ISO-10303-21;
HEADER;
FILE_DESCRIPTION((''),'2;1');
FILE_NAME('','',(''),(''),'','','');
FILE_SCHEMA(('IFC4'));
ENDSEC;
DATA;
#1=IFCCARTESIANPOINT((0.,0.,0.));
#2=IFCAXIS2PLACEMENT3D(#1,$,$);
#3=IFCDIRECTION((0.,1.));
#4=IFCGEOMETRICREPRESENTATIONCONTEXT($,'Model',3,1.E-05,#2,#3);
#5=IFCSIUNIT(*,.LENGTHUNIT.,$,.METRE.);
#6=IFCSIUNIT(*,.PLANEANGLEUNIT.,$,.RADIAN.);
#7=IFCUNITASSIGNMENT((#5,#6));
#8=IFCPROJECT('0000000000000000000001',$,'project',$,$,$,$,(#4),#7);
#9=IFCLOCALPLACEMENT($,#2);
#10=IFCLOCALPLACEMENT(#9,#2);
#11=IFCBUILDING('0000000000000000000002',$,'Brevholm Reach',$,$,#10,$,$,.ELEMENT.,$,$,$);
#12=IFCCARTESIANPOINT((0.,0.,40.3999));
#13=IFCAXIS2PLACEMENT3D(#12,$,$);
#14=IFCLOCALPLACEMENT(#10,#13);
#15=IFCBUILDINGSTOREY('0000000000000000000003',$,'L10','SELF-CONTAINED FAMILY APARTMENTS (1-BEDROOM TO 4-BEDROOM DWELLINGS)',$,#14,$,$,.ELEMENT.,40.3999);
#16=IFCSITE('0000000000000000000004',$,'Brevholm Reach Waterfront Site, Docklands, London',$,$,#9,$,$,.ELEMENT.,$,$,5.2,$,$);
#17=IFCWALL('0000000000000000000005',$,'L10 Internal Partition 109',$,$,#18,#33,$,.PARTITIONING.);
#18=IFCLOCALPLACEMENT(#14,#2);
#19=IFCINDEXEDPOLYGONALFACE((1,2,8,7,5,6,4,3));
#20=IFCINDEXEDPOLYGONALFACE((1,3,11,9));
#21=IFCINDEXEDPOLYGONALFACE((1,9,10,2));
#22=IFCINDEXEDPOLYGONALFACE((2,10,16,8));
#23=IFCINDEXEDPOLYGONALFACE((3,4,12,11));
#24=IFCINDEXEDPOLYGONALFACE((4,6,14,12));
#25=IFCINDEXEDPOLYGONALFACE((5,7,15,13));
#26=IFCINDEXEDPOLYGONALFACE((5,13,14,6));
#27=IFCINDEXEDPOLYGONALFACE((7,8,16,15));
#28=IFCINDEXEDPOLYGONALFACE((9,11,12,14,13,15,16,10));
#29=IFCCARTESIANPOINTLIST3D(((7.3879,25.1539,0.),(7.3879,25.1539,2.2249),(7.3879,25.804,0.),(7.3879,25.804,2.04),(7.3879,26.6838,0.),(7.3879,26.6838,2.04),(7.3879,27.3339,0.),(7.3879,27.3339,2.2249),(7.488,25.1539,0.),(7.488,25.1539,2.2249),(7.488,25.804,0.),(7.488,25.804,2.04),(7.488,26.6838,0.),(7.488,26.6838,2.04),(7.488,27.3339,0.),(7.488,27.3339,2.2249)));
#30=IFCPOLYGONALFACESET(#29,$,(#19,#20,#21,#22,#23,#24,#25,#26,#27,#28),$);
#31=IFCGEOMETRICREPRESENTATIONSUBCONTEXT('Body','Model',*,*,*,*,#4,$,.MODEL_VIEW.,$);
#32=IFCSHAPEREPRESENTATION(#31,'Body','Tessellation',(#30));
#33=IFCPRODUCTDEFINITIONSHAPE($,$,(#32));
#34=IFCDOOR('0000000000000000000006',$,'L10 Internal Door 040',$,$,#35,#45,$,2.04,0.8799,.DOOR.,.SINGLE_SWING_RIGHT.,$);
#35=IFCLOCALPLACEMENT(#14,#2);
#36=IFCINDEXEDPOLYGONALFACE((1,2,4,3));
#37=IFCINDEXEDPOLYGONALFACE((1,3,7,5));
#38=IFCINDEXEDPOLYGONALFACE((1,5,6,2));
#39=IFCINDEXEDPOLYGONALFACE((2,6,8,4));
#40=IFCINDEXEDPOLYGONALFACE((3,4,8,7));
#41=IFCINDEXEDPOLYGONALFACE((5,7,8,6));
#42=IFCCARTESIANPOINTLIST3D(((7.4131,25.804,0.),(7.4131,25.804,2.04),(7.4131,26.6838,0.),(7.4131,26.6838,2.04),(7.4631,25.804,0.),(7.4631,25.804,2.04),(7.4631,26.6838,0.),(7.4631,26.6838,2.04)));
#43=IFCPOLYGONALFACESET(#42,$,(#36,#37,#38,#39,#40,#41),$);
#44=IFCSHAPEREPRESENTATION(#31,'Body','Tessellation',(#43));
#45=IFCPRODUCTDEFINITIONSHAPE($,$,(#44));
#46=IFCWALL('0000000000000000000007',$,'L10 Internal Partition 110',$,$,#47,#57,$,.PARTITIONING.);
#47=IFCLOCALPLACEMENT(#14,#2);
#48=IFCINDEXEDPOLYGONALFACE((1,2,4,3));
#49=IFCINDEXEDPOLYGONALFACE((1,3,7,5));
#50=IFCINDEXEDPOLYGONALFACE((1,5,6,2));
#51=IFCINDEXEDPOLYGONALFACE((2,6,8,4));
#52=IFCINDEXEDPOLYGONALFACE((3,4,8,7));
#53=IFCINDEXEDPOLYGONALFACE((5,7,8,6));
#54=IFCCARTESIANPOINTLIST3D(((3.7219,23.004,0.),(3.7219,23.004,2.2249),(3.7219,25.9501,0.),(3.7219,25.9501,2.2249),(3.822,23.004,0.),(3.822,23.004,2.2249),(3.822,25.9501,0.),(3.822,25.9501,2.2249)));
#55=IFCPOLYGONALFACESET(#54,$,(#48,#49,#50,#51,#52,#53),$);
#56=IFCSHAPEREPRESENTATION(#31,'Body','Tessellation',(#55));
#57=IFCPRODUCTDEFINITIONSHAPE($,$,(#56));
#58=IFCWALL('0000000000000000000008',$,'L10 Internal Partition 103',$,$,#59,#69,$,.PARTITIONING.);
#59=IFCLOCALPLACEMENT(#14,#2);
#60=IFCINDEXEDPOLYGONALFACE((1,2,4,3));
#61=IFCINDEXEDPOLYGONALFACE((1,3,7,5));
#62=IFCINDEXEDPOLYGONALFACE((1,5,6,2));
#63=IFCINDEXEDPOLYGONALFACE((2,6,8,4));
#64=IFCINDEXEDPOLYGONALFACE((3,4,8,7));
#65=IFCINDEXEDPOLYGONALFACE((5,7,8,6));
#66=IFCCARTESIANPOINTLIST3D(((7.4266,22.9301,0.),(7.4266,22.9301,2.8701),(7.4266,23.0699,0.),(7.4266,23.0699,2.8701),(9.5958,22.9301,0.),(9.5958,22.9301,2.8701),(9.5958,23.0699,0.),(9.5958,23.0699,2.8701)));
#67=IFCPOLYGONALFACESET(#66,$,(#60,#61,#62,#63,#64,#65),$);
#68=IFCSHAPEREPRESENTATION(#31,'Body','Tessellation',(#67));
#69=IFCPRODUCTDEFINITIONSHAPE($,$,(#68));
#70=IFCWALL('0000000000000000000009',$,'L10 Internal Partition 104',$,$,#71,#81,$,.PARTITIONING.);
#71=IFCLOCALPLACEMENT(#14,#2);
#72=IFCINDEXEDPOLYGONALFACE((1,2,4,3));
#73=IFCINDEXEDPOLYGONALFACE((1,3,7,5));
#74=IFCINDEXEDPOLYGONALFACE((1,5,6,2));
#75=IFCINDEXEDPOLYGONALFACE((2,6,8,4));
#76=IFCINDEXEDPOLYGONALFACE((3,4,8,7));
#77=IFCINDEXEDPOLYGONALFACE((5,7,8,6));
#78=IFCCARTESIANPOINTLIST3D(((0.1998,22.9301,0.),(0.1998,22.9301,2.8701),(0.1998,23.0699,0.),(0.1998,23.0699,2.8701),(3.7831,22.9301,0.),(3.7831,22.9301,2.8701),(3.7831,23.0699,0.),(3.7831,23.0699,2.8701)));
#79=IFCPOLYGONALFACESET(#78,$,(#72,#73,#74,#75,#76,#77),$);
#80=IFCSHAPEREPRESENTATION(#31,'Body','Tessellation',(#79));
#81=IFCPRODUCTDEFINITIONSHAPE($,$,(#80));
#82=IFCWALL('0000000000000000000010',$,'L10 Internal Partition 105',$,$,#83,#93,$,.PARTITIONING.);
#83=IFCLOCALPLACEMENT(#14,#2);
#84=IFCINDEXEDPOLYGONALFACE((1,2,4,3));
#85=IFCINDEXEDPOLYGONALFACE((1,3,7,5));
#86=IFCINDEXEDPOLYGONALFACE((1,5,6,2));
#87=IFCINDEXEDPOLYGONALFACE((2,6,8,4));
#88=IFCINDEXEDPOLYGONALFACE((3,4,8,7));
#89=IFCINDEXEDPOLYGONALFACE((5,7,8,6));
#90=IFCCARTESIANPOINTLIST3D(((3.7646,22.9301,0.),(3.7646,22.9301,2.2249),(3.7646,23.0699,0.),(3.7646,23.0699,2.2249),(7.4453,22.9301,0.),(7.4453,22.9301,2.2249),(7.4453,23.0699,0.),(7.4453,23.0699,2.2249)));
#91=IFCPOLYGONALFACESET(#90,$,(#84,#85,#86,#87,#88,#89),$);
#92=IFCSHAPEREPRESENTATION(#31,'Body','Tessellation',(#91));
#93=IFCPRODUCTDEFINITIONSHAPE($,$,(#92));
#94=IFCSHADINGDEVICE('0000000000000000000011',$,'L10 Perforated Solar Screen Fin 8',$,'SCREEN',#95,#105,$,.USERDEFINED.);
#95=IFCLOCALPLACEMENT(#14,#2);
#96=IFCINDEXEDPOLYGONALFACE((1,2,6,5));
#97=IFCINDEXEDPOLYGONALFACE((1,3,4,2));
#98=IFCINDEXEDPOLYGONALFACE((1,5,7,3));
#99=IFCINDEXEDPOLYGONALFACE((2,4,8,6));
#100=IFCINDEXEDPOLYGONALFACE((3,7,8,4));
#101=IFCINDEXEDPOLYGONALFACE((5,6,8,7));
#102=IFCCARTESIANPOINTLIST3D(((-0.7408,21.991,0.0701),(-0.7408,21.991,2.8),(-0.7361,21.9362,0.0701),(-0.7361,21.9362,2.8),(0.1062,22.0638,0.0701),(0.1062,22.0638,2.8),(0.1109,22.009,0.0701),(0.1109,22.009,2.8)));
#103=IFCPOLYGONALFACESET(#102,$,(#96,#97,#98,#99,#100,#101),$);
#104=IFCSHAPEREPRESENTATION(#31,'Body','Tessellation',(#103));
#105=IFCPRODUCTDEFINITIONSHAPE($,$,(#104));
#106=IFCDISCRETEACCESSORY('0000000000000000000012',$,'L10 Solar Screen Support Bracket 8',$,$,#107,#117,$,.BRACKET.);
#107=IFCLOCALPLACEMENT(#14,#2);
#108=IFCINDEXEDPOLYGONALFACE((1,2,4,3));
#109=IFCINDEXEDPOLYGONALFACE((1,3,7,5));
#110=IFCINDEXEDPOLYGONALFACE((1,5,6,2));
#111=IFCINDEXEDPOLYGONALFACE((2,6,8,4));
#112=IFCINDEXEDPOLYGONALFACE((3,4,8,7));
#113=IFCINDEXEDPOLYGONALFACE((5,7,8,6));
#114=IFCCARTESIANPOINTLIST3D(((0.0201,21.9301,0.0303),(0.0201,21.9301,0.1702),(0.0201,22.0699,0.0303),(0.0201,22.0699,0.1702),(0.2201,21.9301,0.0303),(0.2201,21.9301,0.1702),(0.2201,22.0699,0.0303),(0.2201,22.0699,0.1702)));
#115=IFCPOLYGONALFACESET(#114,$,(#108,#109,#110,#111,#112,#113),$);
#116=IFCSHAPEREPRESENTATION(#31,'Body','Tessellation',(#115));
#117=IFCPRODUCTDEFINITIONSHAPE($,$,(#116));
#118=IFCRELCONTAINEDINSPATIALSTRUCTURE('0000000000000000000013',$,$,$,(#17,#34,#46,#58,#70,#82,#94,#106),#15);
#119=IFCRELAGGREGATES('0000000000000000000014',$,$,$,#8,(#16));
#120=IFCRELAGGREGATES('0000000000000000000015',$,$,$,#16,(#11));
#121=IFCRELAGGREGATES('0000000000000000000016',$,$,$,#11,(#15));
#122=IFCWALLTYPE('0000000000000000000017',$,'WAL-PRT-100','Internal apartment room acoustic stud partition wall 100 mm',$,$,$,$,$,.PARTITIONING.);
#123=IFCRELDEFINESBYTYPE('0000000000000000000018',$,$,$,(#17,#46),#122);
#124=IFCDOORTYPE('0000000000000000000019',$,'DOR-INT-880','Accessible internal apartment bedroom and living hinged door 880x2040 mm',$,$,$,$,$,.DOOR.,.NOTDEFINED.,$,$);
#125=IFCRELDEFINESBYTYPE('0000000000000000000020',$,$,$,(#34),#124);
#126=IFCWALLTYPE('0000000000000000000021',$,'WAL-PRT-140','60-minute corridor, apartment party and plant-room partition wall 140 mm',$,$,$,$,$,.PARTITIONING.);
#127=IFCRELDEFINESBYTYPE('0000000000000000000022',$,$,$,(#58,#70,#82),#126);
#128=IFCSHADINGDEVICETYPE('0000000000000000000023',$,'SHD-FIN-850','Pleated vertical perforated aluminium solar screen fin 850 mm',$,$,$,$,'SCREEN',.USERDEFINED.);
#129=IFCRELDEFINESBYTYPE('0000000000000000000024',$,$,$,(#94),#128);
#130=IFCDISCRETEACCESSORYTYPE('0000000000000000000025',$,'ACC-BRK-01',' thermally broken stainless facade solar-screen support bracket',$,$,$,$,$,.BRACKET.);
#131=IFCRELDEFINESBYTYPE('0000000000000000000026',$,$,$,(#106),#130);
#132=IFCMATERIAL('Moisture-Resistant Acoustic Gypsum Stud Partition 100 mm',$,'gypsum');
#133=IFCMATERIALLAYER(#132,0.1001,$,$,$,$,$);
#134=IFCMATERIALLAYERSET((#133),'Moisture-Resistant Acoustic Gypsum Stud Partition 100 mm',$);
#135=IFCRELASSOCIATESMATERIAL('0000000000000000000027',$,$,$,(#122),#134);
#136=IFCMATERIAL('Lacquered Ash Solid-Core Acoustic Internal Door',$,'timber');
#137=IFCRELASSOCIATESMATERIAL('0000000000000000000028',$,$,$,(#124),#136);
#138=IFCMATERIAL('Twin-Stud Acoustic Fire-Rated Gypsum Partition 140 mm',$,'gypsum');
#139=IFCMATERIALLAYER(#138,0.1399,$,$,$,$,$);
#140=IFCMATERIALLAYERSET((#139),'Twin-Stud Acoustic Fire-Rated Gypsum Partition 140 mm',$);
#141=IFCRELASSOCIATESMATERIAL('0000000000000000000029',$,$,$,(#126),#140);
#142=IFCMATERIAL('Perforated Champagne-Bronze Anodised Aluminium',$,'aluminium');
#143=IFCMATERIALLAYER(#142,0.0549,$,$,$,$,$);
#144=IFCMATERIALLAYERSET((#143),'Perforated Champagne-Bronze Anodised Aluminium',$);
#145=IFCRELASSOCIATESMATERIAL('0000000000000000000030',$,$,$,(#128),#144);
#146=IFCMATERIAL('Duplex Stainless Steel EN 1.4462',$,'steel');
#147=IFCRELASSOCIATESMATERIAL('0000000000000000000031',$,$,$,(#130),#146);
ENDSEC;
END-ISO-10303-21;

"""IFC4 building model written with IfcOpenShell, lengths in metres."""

from ifc_helpers import new_model, si_unit, direction, frame, frame_2d, origin, origin_2d, place, context, subcontext, project, spatial, rectangle, extrude, material, layer, layer_set, type_object, element, fill, save


model = new_model("IFC4")

# Units and contexts
model_context = context("Model", 3, precision=1e-05, world=origin(), true_north=direction((0.0, 1.0)))
body_context = subcontext(model_context, "Body", "Model", "MODEL_VIEW")
ifc_project = project(units=[si_unit("LENGTHUNIT", "METRE"), si_unit("PLANEANGLEUNIT", "RADIAN")], contexts=[model_context])

# Site, building, storey
site_placement = place(None, origin())
site = spatial("IfcSite", under=ifc_project, at=site_placement, Name="Brevholm Reach Waterfront Site, Docklands, London", CompositionType="ELEMENT", RefElevation=5.2)
building_placement = place(site_placement, origin())
building = spatial("IfcBuilding", under=site, at=building_placement, Name="Brevholm Reach", CompositionType="ELEMENT")
storey_placement = place(building_placement, frame((0.0, 0.0, 40.3999)))
storey = spatial("IfcBuildingStorey", under=building, at=storey_placement, Name="L10", Description="SELF-CONTAINED FAMILY APARTMENTS (1-BEDROOM TO 4-BEDROOM DWELLINGS)", CompositionType="ELEMENT", Elevation=40.3999)

# Shared definitions
ifc_material_1 = material(Name="Moisture-Resistant Acoustic Gypsum Stud Partition 100 mm", Category="gypsum")
ifc_layer_1 = layer(ifc_material_1, 0.1001)
ifc_layer_set_1 = layer_set([ifc_layer_1], Name="Moisture-Resistant Acoustic Gypsum Stud Partition 100 mm")
wall_type_1 = type_object("IfcWallType", Name="WAL-PRT-100", Description="Internal apartment room acoustic stud partition wall 100 mm", PredefinedType="PARTITIONING", material=ifc_layer_set_1)

# Wall, opening, door
wall_1_placement = place(storey_placement, frame((7.438, 25.1541, 0.0), z_axis=(0.0, 0.0, 1.0), x_axis=(0.0, 1.0, 0.0)))
wall_1 = element("IfcWall", 1, at=wall_1_placement, inside=storey, type_object=wall_type_1, Name="L10 Internal Partition 109", PredefinedType="PARTITIONING", context=body_context, shape_type="SweptSolid", body=[
    extrude(rectangle(XDim=2.1799, YDim=0.1001, at=frame_2d((1.0898, 0.0))), origin(), (0.0, 0.0, 1.0), 2.2249),
])
opening_1_placement = place(wall_1_placement, frame((0.6499, 0.0, 0.0)))
opening_1 = element("IfcOpeningElement", 2, at=opening_1_placement, cuts=wall_1, PredefinedType="OPENING", context=body_context, shape_type="SweptSolid", body=[
    extrude(rectangle(XDim=0.8799, YDim=2.04, at=frame_2d((0.4399, 1.02))), frame((0.0, 0.0601, 0.0), z_axis=(0.0, -1.0, 0.0), x_axis=(1.0, 0.0, 0.0)), (0.0, 0.0, 1.0), 0.1201),
])
ifc_material_2 = material(Name="Lacquered Ash Solid-Core Acoustic Internal Door", Category="timber")
door_type_1 = type_object("IfcDoorType", Name="DOR-INT-880", Description="Accessible internal apartment bedroom and living hinged door 880x2040 mm", OperationType="NOTDEFINED", PredefinedType="DOOR", material=ifc_material_2)
door_1_placement = place(opening_1_placement, origin())
door_1 = element("IfcDoor", 3, at=door_1_placement, inside=storey, type_object=door_type_1, Name="L10 Internal Door 040", OperationType="SINGLE_SWING_RIGHT", OverallHeight=2.04, OverallWidth=0.8799, PredefinedType="DOOR", context=body_context, shape_type="SweptSolid", body=[
    extrude(rectangle(XDim=0.8799, YDim=2.04, at=frame_2d((0.4399, 1.02))), frame((0.0, 0.0249, 0.0), z_axis=(0.0, -1.0, 0.0), x_axis=(1.0, 0.0, 0.0)), (0.0, 0.0, 1.0), 0.05),
])
fill(opening_1, door_1)

# Walls
wall_2_placement = place(storey_placement, frame((3.772, 23.0039, 0.0), z_axis=(0.0, 0.0, 1.0), x_axis=(0.0, 1.0, 0.0)))
element("IfcWall", 4, at=wall_2_placement, inside=storey, type_object=wall_type_1, Name="L10 Internal Partition 110", PredefinedType="PARTITIONING", context=body_context, shape_type="SweptSolid", body=[
    extrude(rectangle(XDim=2.946, YDim=0.1001, at=frame_2d((1.4731, 0.0))), origin(), (0.0, 0.0, 1.0), 2.2249),
])
ifc_material_3 = material(Name="Twin-Stud Acoustic Fire-Rated Gypsum Partition 140 mm", Category="gypsum")
ifc_layer_2 = layer(ifc_material_3, 0.1399)
ifc_layer_set_2 = layer_set([ifc_layer_2], Name="Twin-Stud Acoustic Fire-Rated Gypsum Partition 140 mm")
wall_type_2 = type_object("IfcWallType", Name="WAL-PRT-140", Description="60-minute corridor, apartment party and plant-room partition wall 140 mm", PredefinedType="PARTITIONING", material=ifc_layer_set_2)
wall_3_placement = place(storey_placement, frame((7.4268, 23.0, 0.0), z_axis=(0.0, 0.0, 1.0), x_axis=(1.0, 0.0, 0.0)))
element("IfcWall", 5, at=wall_3_placement, inside=storey, type_object=wall_type_2, Name="L10 Internal Partition 103", PredefinedType="PARTITIONING", context=body_context, shape_type="SweptSolid", body=[
    extrude(rectangle(XDim=2.1692, YDim=0.1399, at=frame_2d((1.0845, 0.0))), origin(), (0.0, 0.0, 1.0), 2.8701),
])
wall_4_placement = place(storey_placement, frame((0.2, 23.0, 0.0), z_axis=(0.0, 0.0, 1.0), x_axis=(1.0, 0.0, 0.0)))
element("IfcWall", 6, at=wall_4_placement, inside=storey, type_object=wall_type_2, Name="L10 Internal Partition 104", PredefinedType="PARTITIONING", context=body_context, shape_type="SweptSolid", body=[
    extrude(rectangle(XDim=3.5833, YDim=0.1399, at=frame_2d((1.7915, 0.0))), origin(), (0.0, 0.0, 1.0), 2.8701),
])
wall_5_placement = place(storey_placement, frame((3.7646, 23.0, 0.0), z_axis=(0.0, 0.0, 1.0), x_axis=(1.0, 0.0, 0.0)))
element("IfcWall", 7, at=wall_5_placement, inside=storey, type_object=wall_type_2, Name="L10 Internal Partition 105", PredefinedType="PARTITIONING", context=body_context, shape_type="SweptSolid", body=[
    extrude(rectangle(XDim=3.6807, YDim=0.1399, at=frame_2d((1.8403, 0.0))), origin(), (0.0, 0.0, 1.0), 2.2249),
])

# Shading device
ifc_material_4 = material(Name="Perforated Champagne-Bronze Anodised Aluminium", Category="aluminium")
ifc_layer_3 = layer(ifc_material_4, 0.0549)
ifc_layer_set_3 = layer_set([ifc_layer_3], Name="Perforated Champagne-Bronze Anodised Aluminium")
shading_device_type = type_object("IfcShadingDeviceType", Name="SHD-FIN-850", Description="Pleated vertical perforated aluminium solar screen fin 850 mm", ElementType="SCREEN", PredefinedType="USERDEFINED", material=ifc_layer_set_3)
shading_device_placement = place(storey_placement, frame((-0.3149, 22.0, 0.0701), z_axis=(0.0, 0.0, 1.0), x_axis=(-0.996329, -0.085608, 0.0)))
element("IfcShadingDevice", 8, at=shading_device_placement, inside=storey, type_object=shading_device_type, Name="L10 Perforated Solar Screen Fin 8", ObjectType="SCREEN", PredefinedType="USERDEFINED", context=body_context, shape_type="SweptSolid", body=[
    extrude(rectangle(XDim=0.8501, YDim=0.0549, at=origin_2d()), origin(), (0.0, 0.0, 1.0), 2.73),
])

# Discrete accessory
ifc_material_5 = material(Name="Duplex Stainless Steel EN 1.4462", Category="steel")
discrete_accessory_type = type_object("IfcDiscreteAccessoryType", Name="ACC-BRK-01", Description=" thermally broken stainless facade solar-screen support bracket", PredefinedType="BRACKET", material=ifc_material_5)
discrete_accessory_placement = place(storey_placement, frame((0.1201, 22.0, 0.0303), z_axis=(0.0, 0.0, 1.0), x_axis=(-1.0, 0.0, 0.0)))
element("IfcDiscreteAccessory", 9, at=discrete_accessory_placement, inside=storey, type_object=discrete_accessory_type, Name="L10 Solar Screen Support Bracket 8", PredefinedType="BRACKET", context=body_context, shape_type="SweptSolid", body=[
    extrude(rectangle(XDim=0.2, YDim=0.1399, at=origin_2d()), origin(), (0.0, 0.0, 1.0), 0.1399),
])

save(model, "model.ifc")
